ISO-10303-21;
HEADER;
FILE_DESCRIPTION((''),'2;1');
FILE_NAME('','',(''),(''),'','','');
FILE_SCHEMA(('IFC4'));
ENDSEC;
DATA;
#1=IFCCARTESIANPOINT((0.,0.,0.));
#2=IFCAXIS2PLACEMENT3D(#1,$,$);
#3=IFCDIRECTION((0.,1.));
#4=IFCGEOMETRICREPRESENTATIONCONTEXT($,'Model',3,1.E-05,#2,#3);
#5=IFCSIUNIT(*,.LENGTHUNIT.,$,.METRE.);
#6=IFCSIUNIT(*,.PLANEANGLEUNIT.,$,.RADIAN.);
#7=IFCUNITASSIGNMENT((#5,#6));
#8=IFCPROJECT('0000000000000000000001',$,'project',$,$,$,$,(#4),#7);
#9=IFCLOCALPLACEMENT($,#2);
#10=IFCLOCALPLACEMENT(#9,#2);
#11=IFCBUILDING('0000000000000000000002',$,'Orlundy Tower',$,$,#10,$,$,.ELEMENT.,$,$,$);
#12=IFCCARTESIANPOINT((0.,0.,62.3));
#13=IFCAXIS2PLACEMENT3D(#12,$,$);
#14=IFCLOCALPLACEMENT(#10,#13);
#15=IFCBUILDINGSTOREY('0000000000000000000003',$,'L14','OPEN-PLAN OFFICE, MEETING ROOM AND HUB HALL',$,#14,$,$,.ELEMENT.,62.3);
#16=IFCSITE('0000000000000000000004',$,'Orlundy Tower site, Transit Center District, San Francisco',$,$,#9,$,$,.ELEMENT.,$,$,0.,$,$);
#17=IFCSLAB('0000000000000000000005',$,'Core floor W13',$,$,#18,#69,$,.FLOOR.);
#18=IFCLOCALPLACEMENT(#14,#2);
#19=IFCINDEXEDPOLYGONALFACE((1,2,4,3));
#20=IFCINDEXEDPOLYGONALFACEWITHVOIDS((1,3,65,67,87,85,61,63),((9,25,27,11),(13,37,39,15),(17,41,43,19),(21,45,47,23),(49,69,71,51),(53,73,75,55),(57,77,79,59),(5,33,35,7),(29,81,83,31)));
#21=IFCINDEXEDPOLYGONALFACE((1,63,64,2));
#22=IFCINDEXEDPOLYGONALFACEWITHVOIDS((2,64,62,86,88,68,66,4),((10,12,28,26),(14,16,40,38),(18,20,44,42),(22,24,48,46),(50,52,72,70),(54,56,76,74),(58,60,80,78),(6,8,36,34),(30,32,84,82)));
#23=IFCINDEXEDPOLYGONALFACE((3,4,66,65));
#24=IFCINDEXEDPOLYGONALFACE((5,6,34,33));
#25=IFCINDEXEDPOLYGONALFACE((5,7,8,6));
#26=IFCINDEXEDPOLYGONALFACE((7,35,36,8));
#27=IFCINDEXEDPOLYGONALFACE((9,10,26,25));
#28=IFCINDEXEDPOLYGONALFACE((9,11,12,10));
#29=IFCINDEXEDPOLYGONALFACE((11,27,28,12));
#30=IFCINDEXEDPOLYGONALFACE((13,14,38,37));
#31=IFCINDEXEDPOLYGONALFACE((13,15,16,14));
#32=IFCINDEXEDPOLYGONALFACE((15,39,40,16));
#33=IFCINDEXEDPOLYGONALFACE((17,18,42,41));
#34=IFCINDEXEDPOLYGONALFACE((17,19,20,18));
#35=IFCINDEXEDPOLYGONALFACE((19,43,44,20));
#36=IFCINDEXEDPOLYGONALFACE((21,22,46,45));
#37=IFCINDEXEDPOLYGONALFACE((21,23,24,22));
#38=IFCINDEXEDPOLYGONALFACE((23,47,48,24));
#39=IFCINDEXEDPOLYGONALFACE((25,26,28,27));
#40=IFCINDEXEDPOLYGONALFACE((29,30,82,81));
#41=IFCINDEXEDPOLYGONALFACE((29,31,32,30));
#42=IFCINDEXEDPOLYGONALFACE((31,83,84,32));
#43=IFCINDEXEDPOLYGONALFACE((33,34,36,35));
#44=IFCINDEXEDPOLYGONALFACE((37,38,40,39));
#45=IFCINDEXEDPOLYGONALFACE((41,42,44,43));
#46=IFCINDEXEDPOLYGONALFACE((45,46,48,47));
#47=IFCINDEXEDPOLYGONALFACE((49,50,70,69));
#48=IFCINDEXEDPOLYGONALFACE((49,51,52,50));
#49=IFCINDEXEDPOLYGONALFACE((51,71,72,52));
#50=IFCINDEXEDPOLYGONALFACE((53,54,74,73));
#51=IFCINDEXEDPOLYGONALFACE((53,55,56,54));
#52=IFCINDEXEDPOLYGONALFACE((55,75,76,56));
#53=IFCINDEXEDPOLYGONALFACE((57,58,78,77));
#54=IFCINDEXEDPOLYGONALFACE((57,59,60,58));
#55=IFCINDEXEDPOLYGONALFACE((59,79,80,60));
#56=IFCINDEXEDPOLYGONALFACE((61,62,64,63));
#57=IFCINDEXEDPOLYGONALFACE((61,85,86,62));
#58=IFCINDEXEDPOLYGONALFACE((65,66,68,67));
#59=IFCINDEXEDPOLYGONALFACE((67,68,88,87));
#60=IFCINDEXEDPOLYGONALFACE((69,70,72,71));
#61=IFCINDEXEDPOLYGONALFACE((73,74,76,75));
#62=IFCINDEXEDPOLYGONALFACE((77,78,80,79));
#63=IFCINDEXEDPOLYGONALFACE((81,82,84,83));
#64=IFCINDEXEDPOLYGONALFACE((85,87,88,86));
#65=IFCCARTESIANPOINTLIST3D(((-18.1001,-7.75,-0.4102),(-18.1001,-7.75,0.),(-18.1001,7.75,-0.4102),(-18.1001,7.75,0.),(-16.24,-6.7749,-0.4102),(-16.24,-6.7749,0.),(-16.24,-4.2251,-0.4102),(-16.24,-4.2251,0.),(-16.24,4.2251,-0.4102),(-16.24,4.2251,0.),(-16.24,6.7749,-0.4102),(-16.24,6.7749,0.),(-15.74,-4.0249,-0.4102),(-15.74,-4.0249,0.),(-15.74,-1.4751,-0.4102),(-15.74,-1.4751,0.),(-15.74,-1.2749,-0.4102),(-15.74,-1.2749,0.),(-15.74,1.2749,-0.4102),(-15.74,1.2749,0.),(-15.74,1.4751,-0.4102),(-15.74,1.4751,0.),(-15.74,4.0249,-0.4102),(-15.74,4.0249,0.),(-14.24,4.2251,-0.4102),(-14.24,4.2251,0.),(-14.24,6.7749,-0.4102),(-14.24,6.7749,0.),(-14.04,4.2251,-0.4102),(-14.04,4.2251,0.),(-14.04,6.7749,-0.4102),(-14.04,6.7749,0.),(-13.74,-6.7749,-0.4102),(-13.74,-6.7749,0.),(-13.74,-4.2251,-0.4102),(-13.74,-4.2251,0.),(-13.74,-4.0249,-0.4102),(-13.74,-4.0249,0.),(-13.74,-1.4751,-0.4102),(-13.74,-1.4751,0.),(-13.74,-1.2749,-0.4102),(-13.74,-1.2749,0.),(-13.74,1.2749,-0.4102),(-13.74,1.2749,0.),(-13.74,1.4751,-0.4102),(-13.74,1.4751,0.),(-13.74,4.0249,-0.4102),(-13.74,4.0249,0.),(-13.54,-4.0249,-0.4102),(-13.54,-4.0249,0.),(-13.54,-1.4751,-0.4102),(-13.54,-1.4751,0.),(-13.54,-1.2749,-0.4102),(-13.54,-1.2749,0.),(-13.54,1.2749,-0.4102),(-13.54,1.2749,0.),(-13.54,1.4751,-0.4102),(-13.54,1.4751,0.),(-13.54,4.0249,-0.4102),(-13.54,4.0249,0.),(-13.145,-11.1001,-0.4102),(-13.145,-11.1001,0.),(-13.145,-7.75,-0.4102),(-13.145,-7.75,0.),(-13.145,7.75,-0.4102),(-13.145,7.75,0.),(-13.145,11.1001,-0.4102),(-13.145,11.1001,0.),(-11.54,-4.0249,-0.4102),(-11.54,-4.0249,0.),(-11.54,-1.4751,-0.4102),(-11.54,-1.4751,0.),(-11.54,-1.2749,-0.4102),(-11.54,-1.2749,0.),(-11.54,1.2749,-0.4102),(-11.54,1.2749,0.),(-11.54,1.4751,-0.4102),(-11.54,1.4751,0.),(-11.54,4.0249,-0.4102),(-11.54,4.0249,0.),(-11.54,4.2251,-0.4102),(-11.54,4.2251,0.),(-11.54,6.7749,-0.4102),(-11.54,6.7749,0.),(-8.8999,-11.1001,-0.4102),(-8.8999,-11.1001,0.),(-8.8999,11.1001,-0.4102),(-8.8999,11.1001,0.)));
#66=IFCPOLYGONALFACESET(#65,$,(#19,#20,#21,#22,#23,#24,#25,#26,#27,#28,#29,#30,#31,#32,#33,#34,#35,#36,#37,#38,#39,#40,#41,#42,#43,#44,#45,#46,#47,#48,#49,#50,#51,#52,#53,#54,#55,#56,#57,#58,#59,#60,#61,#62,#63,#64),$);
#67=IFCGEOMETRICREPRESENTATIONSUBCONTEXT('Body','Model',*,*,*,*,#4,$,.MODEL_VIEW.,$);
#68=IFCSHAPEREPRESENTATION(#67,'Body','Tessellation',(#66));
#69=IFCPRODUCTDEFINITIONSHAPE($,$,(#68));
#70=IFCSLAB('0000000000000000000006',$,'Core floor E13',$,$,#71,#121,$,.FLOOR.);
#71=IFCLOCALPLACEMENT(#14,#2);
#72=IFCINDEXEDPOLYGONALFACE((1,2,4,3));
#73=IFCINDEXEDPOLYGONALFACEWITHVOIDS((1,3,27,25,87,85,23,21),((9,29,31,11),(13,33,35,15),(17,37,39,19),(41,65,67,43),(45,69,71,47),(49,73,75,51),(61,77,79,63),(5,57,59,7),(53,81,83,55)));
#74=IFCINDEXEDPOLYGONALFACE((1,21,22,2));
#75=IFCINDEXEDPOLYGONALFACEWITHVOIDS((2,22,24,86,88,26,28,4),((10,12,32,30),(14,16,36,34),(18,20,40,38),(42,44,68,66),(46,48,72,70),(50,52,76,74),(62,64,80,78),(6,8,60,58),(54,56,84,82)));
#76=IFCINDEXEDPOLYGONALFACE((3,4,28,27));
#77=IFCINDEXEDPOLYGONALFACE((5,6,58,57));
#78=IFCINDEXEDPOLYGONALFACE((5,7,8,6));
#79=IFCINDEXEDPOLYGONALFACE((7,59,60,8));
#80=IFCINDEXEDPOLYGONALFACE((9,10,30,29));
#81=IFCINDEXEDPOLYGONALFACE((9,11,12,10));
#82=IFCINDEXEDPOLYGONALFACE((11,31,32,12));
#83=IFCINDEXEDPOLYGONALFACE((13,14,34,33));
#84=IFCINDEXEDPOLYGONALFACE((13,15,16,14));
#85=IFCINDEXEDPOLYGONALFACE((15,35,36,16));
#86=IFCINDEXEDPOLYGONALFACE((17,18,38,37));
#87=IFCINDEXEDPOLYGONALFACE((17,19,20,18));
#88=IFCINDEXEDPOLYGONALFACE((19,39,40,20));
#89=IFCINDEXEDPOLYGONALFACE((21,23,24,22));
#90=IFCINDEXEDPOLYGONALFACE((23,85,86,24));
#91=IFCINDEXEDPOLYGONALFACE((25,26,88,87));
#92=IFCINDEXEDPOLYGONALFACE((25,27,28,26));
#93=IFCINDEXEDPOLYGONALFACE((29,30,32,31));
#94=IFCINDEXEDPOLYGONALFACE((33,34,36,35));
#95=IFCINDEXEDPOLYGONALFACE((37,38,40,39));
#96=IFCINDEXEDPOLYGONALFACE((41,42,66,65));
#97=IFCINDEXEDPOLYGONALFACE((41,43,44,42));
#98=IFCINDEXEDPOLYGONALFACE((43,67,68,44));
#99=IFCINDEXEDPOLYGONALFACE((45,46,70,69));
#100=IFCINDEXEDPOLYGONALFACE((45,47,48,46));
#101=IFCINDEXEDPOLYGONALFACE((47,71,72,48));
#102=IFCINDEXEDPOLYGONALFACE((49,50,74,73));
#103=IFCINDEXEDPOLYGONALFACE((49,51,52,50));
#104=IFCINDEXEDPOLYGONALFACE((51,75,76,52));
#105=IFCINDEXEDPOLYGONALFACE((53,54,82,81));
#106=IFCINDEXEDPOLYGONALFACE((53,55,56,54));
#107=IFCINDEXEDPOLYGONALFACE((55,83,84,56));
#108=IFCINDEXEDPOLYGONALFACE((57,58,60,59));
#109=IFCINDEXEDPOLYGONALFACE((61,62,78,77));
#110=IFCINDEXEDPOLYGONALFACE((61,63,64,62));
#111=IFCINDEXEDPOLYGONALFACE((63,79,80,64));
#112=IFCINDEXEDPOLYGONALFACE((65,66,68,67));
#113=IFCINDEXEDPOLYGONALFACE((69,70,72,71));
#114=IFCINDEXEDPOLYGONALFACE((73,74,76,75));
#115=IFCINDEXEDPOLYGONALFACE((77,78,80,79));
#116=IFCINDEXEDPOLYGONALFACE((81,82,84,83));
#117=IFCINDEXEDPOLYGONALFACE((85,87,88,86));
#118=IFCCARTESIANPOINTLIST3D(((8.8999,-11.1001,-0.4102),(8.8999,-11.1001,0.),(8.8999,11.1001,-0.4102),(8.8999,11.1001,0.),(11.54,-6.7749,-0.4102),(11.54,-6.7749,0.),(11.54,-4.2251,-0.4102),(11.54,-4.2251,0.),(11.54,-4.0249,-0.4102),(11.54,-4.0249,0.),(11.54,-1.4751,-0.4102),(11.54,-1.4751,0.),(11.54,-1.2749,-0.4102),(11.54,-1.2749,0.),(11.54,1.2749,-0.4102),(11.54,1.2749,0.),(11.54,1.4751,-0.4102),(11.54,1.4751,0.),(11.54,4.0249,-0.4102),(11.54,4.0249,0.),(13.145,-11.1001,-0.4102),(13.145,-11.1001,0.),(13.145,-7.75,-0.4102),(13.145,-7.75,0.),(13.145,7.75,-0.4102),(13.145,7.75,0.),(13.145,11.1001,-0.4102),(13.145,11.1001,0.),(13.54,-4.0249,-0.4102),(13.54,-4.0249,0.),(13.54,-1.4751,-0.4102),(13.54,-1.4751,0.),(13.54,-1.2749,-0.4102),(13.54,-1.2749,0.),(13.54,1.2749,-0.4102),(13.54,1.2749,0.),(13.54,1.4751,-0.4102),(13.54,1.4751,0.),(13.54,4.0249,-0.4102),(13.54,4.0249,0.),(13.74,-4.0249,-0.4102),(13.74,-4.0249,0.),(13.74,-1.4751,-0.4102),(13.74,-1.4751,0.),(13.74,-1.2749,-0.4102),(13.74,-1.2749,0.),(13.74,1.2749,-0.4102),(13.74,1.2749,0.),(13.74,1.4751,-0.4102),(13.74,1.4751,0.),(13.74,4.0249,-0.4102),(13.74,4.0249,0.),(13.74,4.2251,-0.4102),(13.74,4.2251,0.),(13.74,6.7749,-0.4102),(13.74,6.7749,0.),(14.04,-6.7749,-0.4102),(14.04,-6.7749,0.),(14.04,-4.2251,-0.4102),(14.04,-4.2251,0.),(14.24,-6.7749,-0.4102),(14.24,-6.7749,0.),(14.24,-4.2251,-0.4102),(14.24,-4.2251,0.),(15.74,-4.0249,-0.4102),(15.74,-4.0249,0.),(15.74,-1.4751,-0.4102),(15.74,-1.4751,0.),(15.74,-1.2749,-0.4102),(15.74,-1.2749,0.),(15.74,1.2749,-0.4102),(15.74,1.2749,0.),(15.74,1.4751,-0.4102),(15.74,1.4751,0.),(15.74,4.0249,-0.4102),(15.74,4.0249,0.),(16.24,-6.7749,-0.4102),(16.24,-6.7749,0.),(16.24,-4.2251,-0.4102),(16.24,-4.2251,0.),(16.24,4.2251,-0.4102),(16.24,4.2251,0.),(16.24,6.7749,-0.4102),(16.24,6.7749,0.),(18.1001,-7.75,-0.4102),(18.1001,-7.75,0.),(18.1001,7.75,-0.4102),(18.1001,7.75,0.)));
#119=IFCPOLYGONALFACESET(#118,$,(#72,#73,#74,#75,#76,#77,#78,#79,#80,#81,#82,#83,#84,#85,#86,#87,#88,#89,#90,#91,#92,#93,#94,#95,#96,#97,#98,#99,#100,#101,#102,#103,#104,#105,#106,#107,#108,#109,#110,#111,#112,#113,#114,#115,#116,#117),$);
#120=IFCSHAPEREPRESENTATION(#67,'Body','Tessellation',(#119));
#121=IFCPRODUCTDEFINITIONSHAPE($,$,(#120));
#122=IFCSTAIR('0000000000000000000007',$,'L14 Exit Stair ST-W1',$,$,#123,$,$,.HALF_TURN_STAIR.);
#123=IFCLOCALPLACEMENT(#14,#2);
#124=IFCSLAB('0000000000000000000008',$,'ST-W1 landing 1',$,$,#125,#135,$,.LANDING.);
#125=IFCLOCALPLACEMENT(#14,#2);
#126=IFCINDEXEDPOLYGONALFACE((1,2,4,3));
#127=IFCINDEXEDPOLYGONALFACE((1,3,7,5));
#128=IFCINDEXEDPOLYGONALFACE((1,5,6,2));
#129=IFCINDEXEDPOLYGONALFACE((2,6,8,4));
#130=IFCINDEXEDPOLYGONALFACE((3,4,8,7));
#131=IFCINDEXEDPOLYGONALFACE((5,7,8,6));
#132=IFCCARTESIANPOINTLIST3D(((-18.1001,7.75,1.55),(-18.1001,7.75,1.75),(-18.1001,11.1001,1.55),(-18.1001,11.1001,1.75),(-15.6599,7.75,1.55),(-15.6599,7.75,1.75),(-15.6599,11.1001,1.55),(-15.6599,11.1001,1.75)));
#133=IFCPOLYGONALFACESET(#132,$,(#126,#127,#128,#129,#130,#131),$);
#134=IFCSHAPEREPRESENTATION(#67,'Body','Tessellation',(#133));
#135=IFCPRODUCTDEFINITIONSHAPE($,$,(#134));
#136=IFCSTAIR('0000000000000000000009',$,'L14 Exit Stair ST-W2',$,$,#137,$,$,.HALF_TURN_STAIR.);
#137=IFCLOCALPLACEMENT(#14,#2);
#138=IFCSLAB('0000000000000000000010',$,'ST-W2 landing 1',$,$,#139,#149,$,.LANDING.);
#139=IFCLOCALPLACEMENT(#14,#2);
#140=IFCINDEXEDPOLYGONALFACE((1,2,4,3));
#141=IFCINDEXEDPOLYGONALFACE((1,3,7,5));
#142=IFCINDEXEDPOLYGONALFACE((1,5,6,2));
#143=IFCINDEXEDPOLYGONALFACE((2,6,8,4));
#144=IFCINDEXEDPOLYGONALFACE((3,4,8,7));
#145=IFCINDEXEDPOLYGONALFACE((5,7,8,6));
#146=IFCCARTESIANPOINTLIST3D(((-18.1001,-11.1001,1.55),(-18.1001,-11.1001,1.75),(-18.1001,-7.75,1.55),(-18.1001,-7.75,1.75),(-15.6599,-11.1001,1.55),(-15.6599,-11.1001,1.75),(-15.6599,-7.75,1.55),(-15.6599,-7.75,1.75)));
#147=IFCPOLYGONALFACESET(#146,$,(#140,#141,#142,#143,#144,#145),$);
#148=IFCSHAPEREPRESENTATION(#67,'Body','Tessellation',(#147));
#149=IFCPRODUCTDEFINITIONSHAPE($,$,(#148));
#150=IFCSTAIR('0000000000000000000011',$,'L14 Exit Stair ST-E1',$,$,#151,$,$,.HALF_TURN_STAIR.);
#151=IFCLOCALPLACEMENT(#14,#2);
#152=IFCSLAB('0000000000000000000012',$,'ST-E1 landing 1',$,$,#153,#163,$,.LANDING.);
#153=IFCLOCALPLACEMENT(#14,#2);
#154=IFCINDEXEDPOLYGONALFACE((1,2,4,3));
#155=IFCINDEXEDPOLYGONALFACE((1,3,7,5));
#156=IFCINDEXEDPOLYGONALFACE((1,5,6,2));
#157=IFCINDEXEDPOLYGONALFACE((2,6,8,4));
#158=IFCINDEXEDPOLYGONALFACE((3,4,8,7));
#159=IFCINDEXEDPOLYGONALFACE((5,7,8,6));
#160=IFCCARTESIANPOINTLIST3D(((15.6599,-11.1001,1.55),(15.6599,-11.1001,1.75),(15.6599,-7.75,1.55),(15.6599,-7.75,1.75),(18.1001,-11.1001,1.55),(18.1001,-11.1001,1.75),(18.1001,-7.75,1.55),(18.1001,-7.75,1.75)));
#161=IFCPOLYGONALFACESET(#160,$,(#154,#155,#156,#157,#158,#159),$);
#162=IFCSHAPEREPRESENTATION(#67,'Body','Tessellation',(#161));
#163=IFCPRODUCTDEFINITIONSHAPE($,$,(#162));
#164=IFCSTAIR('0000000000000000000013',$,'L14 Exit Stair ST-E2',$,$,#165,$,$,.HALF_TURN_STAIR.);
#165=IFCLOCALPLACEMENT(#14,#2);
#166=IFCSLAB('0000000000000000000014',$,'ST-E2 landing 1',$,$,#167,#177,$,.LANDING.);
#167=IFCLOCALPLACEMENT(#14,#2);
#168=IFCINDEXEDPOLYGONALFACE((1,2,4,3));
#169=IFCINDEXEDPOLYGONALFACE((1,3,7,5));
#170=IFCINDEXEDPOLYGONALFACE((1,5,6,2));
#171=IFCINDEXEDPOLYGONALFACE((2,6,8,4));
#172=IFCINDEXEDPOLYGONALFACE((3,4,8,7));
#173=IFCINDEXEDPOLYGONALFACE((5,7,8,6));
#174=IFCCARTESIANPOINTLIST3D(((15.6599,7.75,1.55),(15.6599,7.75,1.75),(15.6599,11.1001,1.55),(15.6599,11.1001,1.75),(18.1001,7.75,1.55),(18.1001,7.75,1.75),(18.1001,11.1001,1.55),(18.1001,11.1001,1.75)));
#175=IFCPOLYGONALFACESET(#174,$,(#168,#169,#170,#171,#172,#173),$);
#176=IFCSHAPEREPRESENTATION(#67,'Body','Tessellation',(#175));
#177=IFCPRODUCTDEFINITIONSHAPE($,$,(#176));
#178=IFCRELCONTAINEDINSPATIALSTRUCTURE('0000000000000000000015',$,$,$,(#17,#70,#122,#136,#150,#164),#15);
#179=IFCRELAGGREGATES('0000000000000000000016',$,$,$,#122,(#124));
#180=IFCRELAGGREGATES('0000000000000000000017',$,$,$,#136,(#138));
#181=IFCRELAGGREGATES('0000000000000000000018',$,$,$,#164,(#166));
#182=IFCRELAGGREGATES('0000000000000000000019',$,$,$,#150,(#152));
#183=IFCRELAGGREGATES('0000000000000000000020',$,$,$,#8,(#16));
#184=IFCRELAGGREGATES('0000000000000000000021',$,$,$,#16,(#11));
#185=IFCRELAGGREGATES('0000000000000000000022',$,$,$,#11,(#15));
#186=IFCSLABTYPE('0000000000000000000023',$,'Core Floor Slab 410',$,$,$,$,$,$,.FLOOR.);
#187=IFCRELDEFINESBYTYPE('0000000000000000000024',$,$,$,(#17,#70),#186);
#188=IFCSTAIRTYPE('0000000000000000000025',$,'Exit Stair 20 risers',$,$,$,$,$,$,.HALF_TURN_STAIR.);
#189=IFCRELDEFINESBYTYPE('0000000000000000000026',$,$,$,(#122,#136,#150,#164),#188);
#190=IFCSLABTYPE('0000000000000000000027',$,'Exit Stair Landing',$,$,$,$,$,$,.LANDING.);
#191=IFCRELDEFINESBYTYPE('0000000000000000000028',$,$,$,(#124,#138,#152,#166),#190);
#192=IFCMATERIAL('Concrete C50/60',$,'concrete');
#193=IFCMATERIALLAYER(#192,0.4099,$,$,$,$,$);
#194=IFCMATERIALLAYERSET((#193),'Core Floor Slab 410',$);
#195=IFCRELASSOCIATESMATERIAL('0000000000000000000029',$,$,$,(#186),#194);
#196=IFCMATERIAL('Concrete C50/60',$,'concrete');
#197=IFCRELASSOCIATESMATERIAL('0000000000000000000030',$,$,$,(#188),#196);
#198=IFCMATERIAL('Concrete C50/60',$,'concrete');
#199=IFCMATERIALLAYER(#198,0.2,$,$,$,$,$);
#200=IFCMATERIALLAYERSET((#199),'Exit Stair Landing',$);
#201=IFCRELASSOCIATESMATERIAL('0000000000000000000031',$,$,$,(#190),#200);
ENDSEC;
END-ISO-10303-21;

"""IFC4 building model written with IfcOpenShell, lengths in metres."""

from ifc_helpers import new_model, si_unit, direction, frame, origin, place, context, subcontext, project, spatial, polyline, outline, extrude, material, layer, layer_set, type_object, element, aggregate, save


model = new_model("IFC4")

# Units and contexts
model_context = context("Model", 3, precision=1e-05, world=origin(), true_north=direction((0.0, 1.0)))
body_context = subcontext(model_context, "Body", "Model", "MODEL_VIEW")
ifc_project = project(units=[si_unit("LENGTHUNIT", "METRE"), si_unit("PLANEANGLEUNIT", "RADIAN")], contexts=[model_context])

# Site, building, storey
site_placement = place(None, origin())
site = spatial("IfcSite", under=ifc_project, at=site_placement, Name="Orlundy Tower site, Transit Center District, San Francisco", CompositionType="ELEMENT", RefElevation=0.0)
building_placement = place(site_placement, origin())
building = spatial("IfcBuilding", under=site, at=building_placement, Name="Orlundy Tower", CompositionType="ELEMENT")
storey_placement = place(building_placement, frame((0.0, 0.0, 62.3)))
storey = spatial("IfcBuildingStorey", under=building, at=storey_placement, Name="L14", Description="OPEN-PLAN OFFICE, MEETING ROOM AND HUB HALL", CompositionType="ELEMENT", Elevation=62.3)

# Slabs
ifc_material_1 = material(Name="Concrete C50/60", Category="concrete")
ifc_layer_1 = layer(ifc_material_1, 0.4099)
ifc_layer_set_1 = layer_set([ifc_layer_1], Name="Core Floor Slab 410")
slab_type_1 = type_object("IfcSlabType", Name="Core Floor Slab 410", PredefinedType="FLOOR", material=ifc_layer_set_1)
slab_1_placement = place(storey_placement, frame((0.0, 0.0, -0.4102)))
element("IfcSlab", 1, at=slab_1_placement, inside=storey, type_object=slab_type_1, Name="Core floor W13", PredefinedType="FLOOR", context=body_context, shape_type="SweptSolid", body=[
    extrude(outline(polyline([(-13.145, 7.75), (-13.145, 11.1001), (-8.8999, 11.1001), (-8.8999, -11.1001), (-13.145, -11.1001), (-13.145, -7.75), (-18.1001, -7.75), (-18.1001, 7.75), (-13.145, 7.75)]), holes=[polyline([(-16.24, -6.7749), (-13.74, -6.7749), (-13.74, -4.2251), (-16.24, -4.2251), (-16.24, -6.7749)]), polyline([(-13.54, -1.4751), (-13.54, -4.0249), (-11.54, -4.0249), (-11.54, -1.4751), (-13.54, -1.4751)]), polyline([(-13.74, -1.4751), (-15.74, -1.4751), (-15.74, -4.0249), (-13.74, -4.0249), (-13.74, -1.4751)]), polyline([(-11.54, -1.2749), (-11.54, 1.2749), (-13.54, 1.2749), (-13.54, -1.2749), (-11.54, -1.2749)]), polyline([(-15.74, -1.2749), (-13.74, -1.2749), (-13.74, 1.2749), (-15.74, 1.2749), (-15.74, -1.2749)]), polyline([(-13.54, 4.0249), (-13.54, 1.4751), (-11.54, 1.4751), (-11.54, 4.0249), (-13.54, 4.0249)]), polyline([(-13.74, 4.0249), (-15.74, 4.0249), (-15.74, 1.4751), (-13.74, 1.4751), (-13.74, 4.0249)]), polyline([(-11.54, 4.2251), (-11.54, 6.7749), (-14.04, 6.7749), (-14.04, 4.2251), (-11.54, 4.2251)]), polyline([(-16.24, 4.2251), (-14.24, 4.2251), (-14.24, 6.7749), (-16.24, 6.7749), (-16.24, 4.2251)])]), origin(), (0.0, 0.0, 1.0), 0.4102),
])
slab_2_placement = place(storey_placement, frame((0.0, 0.0, -0.4102)))
element("IfcSlab", 2, at=slab_2_placement, inside=storey, type_object=slab_type_1, Name="Core floor E13", PredefinedType="FLOOR", context=body_context, shape_type="SweptSolid", body=[
    extrude(outline(polyline([(13.145, -7.75), (13.145, -11.1001), (8.8999, -11.1001), (8.8999, 11.1001), (13.145, 11.1001), (13.145, 7.75), (18.1001, 7.75), (18.1001, -7.75), (13.145, -7.75)]), holes=[polyline([(16.24, 6.7749), (13.74, 6.7749), (13.74, 4.2251), (16.24, 4.2251), (16.24, 6.7749)]), polyline([(13.54, 1.4751), (13.54, 4.0249), (11.54, 4.0249), (11.54, 1.4751), (13.54, 1.4751)]), polyline([(13.74, 1.4751), (15.74, 1.4751), (15.74, 4.0249), (13.74, 4.0249), (13.74, 1.4751)]), polyline([(11.54, 1.2749), (11.54, -1.2749), (13.54, -1.2749), (13.54, 1.2749), (11.54, 1.2749)]), polyline([(15.74, 1.2749), (13.74, 1.2749), (13.74, -1.2749), (15.74, -1.2749), (15.74, 1.2749)]), polyline([(13.54, -4.0249), (13.54, -1.4751), (11.54, -1.4751), (11.54, -4.0249), (13.54, -4.0249)]), polyline([(13.74, -4.0249), (15.74, -4.0249), (15.74, -1.4751), (13.74, -1.4751), (13.74, -4.0249)]), polyline([(11.54, -4.2251), (11.54, -6.7749), (14.04, -6.7749), (14.04, -4.2251), (11.54, -4.2251)]), polyline([(16.24, -4.2251), (14.24, -4.2251), (14.24, -6.7749), (16.24, -6.7749), (16.24, -4.2251)])]), origin(), (0.0, 0.0, 1.0), 0.4102),
])

# Stairs, slabs
ifc_material_2 = material(Name="Concrete C50/60", Category="concrete")
stair_type = type_object("IfcStairType", Name="Exit Stair 20 risers", PredefinedType="HALF_TURN_STAIR", material=ifc_material_2)
stair_1_placement = place(storey_placement, origin())
stair_1 = element("IfcStair", 3, at=stair_1_placement, inside=storey, type_object=stair_type, Name="L14 Exit Stair ST-W1", PredefinedType="HALF_TURN_STAIR")
ifc_material_3 = material(Name="Concrete C50/60", Category="concrete")
ifc_layer_2 = layer(ifc_material_3, 0.2)
ifc_layer_set_2 = layer_set([ifc_layer_2], Name="Exit Stair Landing")
slab_type_2 = type_object("IfcSlabType", Name="Exit Stair Landing", PredefinedType="LANDING", material=ifc_layer_set_2)
slab_3_placement = place(storey_placement, frame((0.0, 0.0, 1.55)))
slab_3 = element("IfcSlab", 4, at=slab_3_placement, type_object=slab_type_2, Name="ST-W1 landing 1", PredefinedType="LANDING", context=body_context, shape_type="SweptSolid", body=[
    extrude(outline(polyline([(-15.6599, 11.1001), (-18.1001, 11.1001), (-18.1001, 7.75), (-15.6599, 7.75), (-15.6599, 11.1001)])), origin(), (0.0, 0.0, 1.0), 0.2),
])
aggregate(stair_1, [slab_3])
stair_2_placement = place(storey_placement, origin())
stair_2 = element("IfcStair", 5, at=stair_2_placement, inside=storey, type_object=stair_type, Name="L14 Exit Stair ST-W2", PredefinedType="HALF_TURN_STAIR")
slab_4_placement = place(storey_placement, frame((0.0, 0.0, 1.55)))
slab_4 = element("IfcSlab", 6, at=slab_4_placement, type_object=slab_type_2, Name="ST-W2 landing 1", PredefinedType="LANDING", context=body_context, shape_type="SweptSolid", body=[
    extrude(outline(polyline([(-15.6599, -7.75), (-18.1001, -7.75), (-18.1001, -11.1001), (-15.6599, -11.1001), (-15.6599, -7.75)])), origin(), (0.0, 0.0, 1.0), 0.2),
])
aggregate(stair_2, [slab_4])
stair_3_placement = place(storey_placement, origin())
stair_3 = element("IfcStair", 7, at=stair_3_placement, inside=storey, type_object=stair_type, Name="L14 Exit Stair ST-E1", PredefinedType="HALF_TURN_STAIR")
slab_5_placement = place(storey_placement, frame((0.0, 0.0, 1.55)))
slab_5 = element("IfcSlab", 8, at=slab_5_placement, type_object=slab_type_2, Name="ST-E1 landing 1", PredefinedType="LANDING", context=body_context, shape_type="SweptSolid", body=[
    extrude(outline(polyline([(15.6599, -11.1001), (18.1001, -11.1001), (18.1001, -7.75), (15.6599, -7.75), (15.6599, -11.1001)])), origin(), (0.0, 0.0, 1.0), 0.2),
])
stair_4_placement = place(storey_placement, origin())
stair_4 = element("IfcStair", 9, at=stair_4_placement, inside=storey, type_object=stair_type, Name="L14 Exit Stair ST-E2", PredefinedType="HALF_TURN_STAIR")
slab_6_placement = place(storey_placement, frame((0.0, 0.0, 1.55)))
slab_6 = element("IfcSlab", 10, at=slab_6_placement, type_object=slab_type_2, Name="ST-E2 landing 1", PredefinedType="LANDING", context=body_context, shape_type="SweptSolid", body=[
    extrude(outline(polyline([(15.6599, 7.75), (18.1001, 7.75), (18.1001, 11.1001), (15.6599, 11.1001), (15.6599, 7.75)])), origin(), (0.0, 0.0, 1.0), 0.2),
])
aggregate(stair_4, [slab_6])

aggregate(stair_3, [slab_5])

save(model, "model.ifc")
